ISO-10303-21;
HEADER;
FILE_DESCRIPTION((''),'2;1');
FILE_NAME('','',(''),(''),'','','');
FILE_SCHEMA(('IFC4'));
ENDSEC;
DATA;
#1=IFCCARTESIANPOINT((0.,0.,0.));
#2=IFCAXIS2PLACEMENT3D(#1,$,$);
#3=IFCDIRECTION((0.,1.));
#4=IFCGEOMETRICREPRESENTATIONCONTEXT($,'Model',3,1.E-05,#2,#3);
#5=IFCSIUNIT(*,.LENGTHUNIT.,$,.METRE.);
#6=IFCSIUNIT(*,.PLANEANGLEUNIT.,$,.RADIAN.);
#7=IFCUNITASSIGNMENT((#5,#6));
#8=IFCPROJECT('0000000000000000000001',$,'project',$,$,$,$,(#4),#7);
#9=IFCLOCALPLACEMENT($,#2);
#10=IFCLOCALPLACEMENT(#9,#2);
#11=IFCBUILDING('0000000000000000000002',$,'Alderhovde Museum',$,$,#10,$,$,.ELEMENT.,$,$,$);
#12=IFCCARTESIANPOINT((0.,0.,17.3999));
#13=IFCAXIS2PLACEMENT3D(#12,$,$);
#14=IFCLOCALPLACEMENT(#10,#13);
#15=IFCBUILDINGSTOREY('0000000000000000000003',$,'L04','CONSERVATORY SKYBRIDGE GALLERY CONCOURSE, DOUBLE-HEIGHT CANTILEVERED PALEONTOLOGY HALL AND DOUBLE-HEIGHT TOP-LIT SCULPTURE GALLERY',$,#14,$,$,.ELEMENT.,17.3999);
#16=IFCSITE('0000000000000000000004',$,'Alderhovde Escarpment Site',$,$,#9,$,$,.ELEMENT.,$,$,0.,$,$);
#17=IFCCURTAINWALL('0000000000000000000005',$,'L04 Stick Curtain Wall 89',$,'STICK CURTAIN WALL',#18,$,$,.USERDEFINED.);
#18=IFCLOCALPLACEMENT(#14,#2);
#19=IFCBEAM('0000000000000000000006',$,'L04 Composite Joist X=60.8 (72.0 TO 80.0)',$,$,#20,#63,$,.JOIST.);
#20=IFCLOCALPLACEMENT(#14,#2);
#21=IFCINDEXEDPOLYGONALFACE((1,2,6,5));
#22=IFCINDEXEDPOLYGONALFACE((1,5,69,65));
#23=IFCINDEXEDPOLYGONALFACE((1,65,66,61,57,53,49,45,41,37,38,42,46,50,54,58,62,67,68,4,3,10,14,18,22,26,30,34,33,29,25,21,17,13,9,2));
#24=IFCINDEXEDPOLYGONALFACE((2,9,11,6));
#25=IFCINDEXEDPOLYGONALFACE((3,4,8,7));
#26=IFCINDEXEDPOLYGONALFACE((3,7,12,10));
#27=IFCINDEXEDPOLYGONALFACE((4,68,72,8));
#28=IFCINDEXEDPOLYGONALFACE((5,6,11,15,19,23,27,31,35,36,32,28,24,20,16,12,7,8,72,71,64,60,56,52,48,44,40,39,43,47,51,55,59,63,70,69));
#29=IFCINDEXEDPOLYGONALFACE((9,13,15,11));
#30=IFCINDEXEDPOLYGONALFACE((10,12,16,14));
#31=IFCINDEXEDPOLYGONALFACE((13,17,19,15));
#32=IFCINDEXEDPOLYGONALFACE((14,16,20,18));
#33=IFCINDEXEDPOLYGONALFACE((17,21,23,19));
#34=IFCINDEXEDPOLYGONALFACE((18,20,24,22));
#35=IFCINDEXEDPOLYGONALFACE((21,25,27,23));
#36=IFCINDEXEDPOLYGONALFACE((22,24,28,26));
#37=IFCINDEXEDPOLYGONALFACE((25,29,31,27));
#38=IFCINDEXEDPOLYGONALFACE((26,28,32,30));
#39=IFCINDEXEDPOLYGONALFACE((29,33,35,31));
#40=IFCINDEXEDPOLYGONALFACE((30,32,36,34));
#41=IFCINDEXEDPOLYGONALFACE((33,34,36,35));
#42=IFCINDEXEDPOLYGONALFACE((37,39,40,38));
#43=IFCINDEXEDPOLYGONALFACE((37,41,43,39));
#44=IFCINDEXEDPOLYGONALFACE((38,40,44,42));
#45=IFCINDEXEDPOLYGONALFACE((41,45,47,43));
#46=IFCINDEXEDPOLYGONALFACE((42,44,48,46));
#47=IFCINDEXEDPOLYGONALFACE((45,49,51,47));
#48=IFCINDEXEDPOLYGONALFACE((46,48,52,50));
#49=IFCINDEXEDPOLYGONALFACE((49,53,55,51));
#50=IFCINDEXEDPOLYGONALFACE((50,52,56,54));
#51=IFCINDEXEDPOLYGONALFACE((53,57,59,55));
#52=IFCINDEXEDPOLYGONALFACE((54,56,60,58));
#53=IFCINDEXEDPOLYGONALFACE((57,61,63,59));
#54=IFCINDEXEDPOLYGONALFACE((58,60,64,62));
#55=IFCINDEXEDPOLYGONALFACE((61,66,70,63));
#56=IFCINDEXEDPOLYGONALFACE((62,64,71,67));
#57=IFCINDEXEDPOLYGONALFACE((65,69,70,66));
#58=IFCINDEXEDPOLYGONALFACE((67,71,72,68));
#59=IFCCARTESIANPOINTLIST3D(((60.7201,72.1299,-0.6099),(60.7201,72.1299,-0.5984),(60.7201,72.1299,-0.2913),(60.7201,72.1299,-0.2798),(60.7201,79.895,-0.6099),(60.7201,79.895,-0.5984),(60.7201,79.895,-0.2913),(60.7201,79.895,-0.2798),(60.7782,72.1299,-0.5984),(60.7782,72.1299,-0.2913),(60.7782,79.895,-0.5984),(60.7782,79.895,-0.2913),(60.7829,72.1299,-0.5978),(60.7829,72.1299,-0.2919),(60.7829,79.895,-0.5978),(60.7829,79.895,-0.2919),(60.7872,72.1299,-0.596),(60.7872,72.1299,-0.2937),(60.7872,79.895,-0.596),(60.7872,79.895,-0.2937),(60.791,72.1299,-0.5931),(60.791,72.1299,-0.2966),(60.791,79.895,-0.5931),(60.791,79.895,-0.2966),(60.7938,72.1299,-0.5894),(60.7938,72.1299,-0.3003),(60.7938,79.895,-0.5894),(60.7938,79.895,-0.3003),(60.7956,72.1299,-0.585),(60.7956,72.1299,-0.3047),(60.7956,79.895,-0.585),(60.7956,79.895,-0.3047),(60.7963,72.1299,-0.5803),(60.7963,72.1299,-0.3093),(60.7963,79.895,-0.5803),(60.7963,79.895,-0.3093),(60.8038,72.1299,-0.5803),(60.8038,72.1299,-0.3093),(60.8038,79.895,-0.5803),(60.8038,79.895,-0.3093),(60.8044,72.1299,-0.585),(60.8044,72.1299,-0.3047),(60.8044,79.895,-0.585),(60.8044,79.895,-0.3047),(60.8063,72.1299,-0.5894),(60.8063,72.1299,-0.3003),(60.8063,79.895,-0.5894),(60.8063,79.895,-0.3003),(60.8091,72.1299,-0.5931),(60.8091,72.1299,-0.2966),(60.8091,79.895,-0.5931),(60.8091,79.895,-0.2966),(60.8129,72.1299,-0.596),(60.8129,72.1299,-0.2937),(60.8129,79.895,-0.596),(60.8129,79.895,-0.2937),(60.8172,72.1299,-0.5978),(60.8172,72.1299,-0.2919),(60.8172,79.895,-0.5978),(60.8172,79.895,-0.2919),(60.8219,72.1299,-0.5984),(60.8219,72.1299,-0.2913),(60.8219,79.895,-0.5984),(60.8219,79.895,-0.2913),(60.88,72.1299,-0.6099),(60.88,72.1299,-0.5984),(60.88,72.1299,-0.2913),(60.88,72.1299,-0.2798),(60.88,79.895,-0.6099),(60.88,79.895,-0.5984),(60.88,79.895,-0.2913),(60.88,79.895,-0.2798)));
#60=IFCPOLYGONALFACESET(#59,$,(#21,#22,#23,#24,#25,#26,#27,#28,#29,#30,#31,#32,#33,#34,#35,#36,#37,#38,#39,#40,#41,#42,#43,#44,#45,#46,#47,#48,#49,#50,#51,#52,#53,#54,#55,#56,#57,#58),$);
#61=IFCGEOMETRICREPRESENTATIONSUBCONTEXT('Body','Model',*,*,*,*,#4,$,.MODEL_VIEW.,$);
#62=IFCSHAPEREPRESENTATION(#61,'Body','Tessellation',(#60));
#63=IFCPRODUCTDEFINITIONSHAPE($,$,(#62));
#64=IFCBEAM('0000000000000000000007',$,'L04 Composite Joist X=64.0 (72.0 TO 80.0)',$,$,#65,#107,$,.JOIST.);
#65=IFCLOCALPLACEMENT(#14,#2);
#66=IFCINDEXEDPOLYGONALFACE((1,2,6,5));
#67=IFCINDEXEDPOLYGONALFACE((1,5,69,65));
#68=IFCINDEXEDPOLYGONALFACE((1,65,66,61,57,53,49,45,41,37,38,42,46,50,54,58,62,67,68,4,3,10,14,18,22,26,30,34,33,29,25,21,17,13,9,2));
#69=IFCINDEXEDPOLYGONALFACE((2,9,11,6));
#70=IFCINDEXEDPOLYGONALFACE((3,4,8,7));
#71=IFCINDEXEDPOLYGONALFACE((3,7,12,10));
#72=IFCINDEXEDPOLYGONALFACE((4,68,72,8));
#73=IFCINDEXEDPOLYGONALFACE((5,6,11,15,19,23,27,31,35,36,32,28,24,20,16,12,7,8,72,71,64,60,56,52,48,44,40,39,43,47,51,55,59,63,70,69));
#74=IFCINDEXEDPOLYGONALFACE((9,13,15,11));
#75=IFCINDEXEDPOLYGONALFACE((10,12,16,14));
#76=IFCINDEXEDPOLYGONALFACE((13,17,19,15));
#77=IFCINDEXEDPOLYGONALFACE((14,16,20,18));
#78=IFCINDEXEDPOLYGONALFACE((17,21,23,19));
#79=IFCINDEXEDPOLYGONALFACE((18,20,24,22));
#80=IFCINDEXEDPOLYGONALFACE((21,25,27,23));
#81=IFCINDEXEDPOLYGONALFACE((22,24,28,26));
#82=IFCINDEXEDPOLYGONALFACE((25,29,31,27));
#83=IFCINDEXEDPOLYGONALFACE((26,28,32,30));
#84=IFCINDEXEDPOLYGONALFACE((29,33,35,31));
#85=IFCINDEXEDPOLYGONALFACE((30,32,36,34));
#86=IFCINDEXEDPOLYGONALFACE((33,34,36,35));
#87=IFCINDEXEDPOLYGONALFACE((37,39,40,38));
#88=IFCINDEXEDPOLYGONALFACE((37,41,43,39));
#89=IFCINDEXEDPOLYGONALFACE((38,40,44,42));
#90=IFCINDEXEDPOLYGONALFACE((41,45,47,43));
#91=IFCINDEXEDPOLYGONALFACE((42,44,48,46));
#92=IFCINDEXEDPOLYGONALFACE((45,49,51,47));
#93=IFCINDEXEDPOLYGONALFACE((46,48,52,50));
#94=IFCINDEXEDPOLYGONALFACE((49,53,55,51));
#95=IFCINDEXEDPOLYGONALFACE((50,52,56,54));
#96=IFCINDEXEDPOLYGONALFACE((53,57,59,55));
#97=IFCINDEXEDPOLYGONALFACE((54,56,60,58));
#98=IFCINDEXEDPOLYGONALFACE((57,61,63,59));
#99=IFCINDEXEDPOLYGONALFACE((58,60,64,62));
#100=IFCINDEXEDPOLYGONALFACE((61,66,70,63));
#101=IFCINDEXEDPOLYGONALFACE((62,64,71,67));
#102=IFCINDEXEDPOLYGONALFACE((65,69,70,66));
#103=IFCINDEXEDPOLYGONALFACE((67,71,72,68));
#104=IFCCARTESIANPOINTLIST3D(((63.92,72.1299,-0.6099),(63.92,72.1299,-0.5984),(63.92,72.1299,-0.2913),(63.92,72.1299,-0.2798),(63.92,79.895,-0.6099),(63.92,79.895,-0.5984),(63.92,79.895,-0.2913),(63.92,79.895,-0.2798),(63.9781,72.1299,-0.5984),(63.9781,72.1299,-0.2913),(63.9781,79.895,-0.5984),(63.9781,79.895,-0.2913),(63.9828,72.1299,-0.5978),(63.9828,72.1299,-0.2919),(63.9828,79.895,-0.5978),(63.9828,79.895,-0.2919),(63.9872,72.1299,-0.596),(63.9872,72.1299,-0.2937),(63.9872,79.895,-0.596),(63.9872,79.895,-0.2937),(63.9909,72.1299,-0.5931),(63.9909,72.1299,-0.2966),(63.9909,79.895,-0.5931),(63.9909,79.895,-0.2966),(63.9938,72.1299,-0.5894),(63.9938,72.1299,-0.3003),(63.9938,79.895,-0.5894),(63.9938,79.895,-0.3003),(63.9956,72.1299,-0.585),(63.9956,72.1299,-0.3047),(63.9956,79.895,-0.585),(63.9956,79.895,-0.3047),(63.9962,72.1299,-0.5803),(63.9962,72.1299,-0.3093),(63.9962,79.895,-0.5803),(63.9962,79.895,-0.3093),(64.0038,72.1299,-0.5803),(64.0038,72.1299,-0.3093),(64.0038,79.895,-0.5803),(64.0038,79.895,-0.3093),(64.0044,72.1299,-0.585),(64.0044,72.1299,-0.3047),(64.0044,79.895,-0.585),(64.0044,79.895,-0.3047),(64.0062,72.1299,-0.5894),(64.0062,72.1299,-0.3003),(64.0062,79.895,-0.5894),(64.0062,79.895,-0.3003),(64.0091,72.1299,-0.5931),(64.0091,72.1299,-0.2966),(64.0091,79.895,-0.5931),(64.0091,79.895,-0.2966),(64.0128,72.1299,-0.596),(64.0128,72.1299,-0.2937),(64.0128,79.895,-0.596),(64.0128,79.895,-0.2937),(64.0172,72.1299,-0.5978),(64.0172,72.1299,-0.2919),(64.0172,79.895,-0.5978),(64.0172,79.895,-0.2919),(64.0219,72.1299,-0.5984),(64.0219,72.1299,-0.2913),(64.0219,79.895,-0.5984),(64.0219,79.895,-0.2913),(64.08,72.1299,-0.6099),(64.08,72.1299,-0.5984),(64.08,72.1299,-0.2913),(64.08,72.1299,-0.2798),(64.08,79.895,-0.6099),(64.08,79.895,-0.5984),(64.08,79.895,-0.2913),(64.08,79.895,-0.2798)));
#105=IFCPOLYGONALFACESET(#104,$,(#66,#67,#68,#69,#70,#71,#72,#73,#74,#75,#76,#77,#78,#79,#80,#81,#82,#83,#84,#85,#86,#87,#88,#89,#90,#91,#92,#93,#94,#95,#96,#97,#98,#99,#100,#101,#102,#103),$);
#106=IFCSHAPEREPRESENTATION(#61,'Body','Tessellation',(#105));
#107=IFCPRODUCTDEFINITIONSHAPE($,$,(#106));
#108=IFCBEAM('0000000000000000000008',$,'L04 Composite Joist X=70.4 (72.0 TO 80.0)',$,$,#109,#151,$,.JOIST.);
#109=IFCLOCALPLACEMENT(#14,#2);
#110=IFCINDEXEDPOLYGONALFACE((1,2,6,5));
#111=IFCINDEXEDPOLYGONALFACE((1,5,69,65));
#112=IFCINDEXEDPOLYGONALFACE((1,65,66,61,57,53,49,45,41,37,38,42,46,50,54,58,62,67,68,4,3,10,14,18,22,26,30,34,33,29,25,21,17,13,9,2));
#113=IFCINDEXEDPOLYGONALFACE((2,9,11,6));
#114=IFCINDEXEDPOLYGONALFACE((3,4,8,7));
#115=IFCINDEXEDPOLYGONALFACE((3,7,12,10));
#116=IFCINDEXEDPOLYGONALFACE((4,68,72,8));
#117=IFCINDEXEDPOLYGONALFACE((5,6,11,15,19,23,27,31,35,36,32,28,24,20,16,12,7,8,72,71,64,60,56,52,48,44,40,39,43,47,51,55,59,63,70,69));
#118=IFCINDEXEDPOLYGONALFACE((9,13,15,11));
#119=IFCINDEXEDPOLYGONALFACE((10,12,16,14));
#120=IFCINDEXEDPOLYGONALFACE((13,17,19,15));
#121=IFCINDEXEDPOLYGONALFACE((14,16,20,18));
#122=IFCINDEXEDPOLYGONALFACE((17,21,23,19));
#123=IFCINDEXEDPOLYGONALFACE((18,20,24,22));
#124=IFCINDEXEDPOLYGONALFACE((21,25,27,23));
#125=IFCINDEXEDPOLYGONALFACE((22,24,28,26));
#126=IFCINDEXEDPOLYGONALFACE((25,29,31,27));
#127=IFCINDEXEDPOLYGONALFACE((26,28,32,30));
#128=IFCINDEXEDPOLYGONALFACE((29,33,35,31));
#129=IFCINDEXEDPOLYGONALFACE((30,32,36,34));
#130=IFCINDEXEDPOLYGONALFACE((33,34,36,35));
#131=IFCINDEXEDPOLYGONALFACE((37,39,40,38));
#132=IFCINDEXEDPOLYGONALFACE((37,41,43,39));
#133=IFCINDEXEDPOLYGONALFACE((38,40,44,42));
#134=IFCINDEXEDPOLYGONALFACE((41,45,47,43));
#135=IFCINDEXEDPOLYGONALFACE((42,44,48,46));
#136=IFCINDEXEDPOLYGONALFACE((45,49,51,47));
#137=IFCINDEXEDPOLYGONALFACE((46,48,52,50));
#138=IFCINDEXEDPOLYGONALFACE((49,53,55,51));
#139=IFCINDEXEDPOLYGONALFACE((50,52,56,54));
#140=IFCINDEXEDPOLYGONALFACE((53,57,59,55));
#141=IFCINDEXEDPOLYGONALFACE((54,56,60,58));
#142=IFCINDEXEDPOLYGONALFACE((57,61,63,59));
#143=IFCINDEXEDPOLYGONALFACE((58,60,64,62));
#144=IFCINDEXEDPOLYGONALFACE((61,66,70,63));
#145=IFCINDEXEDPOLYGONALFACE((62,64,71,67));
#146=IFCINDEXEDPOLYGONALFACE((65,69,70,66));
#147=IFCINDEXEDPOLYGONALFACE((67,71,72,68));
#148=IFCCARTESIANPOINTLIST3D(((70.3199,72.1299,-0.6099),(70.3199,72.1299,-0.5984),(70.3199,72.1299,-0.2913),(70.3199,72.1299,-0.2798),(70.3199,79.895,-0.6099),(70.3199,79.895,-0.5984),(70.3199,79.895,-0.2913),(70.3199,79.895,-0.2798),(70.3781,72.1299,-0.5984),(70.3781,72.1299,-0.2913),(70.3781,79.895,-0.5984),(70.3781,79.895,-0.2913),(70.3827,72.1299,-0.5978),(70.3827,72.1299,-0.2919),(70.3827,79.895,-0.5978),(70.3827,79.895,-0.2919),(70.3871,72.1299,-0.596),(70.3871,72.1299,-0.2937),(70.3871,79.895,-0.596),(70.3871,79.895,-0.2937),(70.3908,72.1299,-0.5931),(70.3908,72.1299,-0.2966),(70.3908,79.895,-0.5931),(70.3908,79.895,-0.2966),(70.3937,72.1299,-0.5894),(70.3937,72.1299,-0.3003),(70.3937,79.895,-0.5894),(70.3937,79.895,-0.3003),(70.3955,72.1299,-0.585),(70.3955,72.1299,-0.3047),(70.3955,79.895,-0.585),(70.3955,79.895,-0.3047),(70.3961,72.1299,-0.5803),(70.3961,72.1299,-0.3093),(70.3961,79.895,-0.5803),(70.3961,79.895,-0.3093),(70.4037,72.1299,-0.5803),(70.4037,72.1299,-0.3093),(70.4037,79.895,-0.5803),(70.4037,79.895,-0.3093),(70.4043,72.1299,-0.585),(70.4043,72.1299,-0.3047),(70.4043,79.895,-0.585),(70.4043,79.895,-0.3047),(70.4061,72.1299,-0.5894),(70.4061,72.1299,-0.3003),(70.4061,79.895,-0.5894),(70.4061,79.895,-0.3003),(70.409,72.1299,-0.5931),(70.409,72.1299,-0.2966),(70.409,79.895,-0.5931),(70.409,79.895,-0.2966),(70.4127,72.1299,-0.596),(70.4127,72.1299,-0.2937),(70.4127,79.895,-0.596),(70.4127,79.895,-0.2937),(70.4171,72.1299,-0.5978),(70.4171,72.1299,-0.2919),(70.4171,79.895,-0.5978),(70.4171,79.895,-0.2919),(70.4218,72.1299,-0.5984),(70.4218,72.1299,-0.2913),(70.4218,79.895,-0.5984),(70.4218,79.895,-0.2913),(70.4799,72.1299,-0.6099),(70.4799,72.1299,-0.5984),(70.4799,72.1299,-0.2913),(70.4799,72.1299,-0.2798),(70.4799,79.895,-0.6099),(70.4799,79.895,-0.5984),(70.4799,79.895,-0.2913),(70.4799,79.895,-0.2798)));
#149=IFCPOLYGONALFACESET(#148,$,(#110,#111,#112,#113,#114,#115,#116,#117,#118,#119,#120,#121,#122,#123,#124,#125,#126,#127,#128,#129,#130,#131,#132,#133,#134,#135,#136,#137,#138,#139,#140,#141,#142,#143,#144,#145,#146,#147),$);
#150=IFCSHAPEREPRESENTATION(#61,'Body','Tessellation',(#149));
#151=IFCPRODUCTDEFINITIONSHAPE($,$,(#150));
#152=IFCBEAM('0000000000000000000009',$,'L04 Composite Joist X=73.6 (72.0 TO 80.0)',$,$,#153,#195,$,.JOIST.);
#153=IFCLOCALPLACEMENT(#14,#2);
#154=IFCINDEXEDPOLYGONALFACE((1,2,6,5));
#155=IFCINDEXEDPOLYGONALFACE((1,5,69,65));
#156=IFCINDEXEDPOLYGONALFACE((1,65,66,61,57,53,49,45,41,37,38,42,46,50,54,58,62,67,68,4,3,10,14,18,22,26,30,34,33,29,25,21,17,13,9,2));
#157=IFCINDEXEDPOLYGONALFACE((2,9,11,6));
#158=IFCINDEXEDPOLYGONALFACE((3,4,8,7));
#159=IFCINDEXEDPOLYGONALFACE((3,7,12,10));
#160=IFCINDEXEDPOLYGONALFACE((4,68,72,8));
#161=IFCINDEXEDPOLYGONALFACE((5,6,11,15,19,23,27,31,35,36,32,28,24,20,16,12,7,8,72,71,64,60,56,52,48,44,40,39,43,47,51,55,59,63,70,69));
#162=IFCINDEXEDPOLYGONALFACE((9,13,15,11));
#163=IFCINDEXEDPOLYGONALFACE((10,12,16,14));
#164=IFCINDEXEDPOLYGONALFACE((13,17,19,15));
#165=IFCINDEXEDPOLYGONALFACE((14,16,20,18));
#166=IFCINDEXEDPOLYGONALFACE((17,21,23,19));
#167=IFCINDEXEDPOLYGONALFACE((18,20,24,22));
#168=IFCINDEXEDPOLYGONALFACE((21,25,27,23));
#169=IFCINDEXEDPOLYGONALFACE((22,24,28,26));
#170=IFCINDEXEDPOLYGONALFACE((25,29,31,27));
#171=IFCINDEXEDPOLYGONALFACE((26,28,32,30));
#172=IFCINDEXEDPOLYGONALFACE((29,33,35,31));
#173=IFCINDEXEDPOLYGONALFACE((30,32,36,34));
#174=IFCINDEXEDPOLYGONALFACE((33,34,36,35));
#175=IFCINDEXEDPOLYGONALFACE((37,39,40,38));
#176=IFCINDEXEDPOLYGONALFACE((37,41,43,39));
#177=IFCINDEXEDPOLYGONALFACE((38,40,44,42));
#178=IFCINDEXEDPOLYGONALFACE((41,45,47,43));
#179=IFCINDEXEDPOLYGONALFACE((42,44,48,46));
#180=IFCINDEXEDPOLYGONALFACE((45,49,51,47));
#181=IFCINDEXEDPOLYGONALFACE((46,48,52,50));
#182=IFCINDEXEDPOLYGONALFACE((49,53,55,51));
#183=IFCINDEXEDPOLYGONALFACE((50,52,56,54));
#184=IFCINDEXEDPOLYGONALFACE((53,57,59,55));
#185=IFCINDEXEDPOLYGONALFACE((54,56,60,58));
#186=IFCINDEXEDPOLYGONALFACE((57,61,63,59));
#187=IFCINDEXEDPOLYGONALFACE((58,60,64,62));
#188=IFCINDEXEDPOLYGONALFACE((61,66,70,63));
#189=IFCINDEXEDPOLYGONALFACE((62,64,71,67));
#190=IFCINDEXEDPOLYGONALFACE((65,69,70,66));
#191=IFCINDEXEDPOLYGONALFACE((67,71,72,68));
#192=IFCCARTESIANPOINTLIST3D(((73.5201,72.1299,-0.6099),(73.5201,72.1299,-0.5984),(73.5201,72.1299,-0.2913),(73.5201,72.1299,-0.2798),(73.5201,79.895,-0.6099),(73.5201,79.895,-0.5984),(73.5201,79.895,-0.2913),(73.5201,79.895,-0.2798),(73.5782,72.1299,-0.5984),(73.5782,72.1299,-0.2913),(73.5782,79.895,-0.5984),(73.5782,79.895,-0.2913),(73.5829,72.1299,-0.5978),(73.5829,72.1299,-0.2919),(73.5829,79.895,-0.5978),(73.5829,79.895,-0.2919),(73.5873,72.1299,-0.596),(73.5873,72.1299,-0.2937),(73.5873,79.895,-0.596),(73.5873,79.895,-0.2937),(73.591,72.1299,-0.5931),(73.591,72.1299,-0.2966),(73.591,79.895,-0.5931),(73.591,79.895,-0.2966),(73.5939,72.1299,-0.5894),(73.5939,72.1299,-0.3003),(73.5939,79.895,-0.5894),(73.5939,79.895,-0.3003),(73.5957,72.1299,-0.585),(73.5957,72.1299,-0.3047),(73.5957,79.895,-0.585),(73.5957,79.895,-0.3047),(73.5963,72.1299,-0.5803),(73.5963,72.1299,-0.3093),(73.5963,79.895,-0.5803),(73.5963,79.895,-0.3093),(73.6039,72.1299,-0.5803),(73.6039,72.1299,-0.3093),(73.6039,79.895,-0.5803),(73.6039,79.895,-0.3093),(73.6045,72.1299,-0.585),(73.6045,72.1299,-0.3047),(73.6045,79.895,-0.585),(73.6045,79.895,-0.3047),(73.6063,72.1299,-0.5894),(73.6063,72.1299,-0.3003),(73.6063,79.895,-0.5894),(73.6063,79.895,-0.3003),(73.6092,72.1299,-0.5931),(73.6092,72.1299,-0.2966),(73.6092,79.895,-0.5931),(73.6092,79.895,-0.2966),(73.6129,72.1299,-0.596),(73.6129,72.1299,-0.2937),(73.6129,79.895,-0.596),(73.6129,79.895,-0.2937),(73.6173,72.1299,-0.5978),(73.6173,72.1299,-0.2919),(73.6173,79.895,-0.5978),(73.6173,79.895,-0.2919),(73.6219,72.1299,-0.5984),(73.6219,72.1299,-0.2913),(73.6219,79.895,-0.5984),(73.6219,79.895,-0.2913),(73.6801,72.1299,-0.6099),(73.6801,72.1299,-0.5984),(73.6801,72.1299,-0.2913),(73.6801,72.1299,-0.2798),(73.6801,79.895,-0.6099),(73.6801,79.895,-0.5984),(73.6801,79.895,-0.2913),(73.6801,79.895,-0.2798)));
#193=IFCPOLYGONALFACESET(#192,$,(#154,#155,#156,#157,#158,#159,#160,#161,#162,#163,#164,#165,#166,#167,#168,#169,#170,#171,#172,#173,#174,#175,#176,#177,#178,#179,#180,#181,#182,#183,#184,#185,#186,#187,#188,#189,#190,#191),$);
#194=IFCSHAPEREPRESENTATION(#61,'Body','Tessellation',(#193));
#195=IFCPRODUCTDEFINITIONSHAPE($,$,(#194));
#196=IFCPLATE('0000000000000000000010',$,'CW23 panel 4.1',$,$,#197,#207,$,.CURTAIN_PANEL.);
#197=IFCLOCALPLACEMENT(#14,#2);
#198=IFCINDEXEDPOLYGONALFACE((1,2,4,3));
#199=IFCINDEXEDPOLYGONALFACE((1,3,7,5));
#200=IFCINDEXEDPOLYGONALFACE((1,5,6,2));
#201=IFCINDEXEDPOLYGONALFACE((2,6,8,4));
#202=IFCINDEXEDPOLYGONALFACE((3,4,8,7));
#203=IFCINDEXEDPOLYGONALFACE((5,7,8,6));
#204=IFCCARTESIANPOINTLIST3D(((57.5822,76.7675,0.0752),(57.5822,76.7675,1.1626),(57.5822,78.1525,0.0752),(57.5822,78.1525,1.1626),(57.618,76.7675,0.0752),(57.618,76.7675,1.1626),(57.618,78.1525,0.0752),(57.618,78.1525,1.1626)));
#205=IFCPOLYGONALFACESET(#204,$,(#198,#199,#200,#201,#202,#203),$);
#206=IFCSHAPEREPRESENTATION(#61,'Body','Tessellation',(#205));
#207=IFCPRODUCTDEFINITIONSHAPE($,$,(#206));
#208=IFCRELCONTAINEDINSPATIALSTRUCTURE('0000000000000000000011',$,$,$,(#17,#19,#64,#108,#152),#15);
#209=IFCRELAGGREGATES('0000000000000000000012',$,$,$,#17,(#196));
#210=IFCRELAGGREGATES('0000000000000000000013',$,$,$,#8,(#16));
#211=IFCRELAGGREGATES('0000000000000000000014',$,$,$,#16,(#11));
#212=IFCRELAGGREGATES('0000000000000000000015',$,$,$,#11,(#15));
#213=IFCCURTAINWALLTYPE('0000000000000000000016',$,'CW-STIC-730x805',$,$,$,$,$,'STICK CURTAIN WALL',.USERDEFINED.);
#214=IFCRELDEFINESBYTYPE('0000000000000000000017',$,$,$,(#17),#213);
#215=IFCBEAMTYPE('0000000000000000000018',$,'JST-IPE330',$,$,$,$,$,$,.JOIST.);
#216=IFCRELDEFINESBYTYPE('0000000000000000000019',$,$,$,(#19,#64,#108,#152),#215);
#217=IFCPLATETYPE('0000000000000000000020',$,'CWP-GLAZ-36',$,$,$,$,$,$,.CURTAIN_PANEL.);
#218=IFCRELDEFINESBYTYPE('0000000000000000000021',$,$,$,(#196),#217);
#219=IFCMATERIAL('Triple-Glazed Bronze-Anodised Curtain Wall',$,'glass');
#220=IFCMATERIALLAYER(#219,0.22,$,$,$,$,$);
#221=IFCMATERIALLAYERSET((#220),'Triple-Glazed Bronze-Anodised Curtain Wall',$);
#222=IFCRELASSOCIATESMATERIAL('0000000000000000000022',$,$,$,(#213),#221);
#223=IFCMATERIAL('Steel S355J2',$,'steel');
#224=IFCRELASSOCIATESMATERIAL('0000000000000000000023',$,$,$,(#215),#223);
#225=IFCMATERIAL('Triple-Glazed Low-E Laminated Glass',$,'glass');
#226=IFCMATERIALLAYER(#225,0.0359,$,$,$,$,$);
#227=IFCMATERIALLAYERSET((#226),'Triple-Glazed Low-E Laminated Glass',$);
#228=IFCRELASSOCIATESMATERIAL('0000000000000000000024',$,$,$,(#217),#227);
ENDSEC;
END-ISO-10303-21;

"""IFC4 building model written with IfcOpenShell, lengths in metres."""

from ifc_helpers import new_model, si_unit, direction, frame, origin, origin_2d, place, context, subcontext, project, spatial, rectangle, i_section, extrude, material, layer, layer_set, material_profile, profile_set, type_object, element, aggregate, save


model = new_model("IFC4")

# Units and contexts
model_context = context("Model", 3, precision=1e-05, world=origin(), true_north=direction((0.0, 1.0)))
body_context = subcontext(model_context, "Body", "Model", "MODEL_VIEW")
ifc_project = project(units=[si_unit("LENGTHUNIT", "METRE"), si_unit("PLANEANGLEUNIT", "RADIAN")], contexts=[model_context])

# Site, building, storey
site_placement = place(None, origin())
site = spatial("IfcSite", under=ifc_project, at=site_placement, Name="Alderhovde Escarpment Site", CompositionType="ELEMENT", RefElevation=0.0)
building_placement = place(site_placement, origin())
building = spatial("IfcBuilding", under=site, at=building_placement, Name="Alderhovde Museum", CompositionType="ELEMENT")
storey_placement = place(building_placement, frame((0.0, 0.0, 17.3999)))
storey = spatial("IfcBuildingStorey", under=building, at=storey_placement, Name="L04", Description="CONSERVATORY SKYBRIDGE GALLERY CONCOURSE, DOUBLE-HEIGHT CANTILEVERED PALEONTOLOGY HALL AND DOUBLE-HEIGHT TOP-LIT SCULPTURE GALLERY", CompositionType="ELEMENT", Elevation=17.3999)

# Curtain wall
ifc_material_1 = material(Name="Triple-Glazed Bronze-Anodised Curtain Wall", Category="glass")
ifc_layer_1 = layer(ifc_material_1, 0.22)
ifc_layer_set_1 = layer_set([ifc_layer_1], Name="Triple-Glazed Bronze-Anodised Curtain Wall")
curtain_wall_type_1 = type_object("IfcCurtainWallType", Name="CW-STIC-730x805", ElementType="STICK CURTAIN WALL", PredefinedType="USERDEFINED", material=ifc_layer_set_1)
curtain_wall_1_placement = place(storey_placement, origin())
curtain_wall_1 = element("IfcCurtainWall", 1, at=curtain_wall_1_placement, inside=storey, type_object=curtain_wall_type_1, Name="L04 Stick Curtain Wall 89", ObjectType="STICK CURTAIN WALL", PredefinedType="USERDEFINED")

# Beams
ifc_material_2 = material(Name="Steel S355J2", Category="steel")
ifc_material_profile_1 = material_profile(ifc_material_2, i_section(OverallWidth=0.1599, OverallDepth=0.3301, WebThickness=0.0076, FlangeThickness=0.0115, FilletRadius=0.0181, at=origin_2d()), Name="IPE 330")
ifc_profile_set_1 = profile_set([ifc_material_profile_1], Name="Steel S355J2")
beam_type_1 = type_object("IfcBeamType", Name="JST-IPE330", PredefinedType="JOIST", material=ifc_profile_set_1)
for number, where, z_axis, x_axis, name in (
    (2, (60.8, 72.1299, -0.4448), (0.0, 1.0, 0.0), (-1.0, 0.0, 0.0), "L04 Composite Joist X=60.8 (72.0 TO 80.0)"),
    (3, (64.0, 72.1299, -0.4448), (0.0, 1.0, 0.0), (-1.0, 0.0, 0.0), "L04 Composite Joist X=64.0 (72.0 TO 80.0)"),
    (4, (70.3999, 72.1299, -0.4448), (0.0, 1.0, 0.0), (-1.0, 0.0, 0.0), "L04 Composite Joist X=70.4 (72.0 TO 80.0)"),
    (5, (73.6001, 72.1299, -0.4448), (0.0, 1.0, 0.0), (-1.0, 0.0, 0.0), "L04 Composite Joist X=73.6 (72.0 TO 80.0)"),
):
    element("IfcBeam", number, at=place(storey_placement, frame(where, z_axis=z_axis, x_axis=x_axis)), inside=storey, type_object=beam_type_1, Name=name, PredefinedType="JOIST", context=body_context, shape_type="SweptSolid", body=[
        extrude(i_section(OverallWidth=0.1599, OverallDepth=0.3301, WebThickness=0.0076, FlangeThickness=0.0115, FilletRadius=0.0181, at=origin_2d()), origin(), (0.0, 0.0, 1.0), 7.7651),
    ])

# Plate
ifc_material_3 = material(Name="Triple-Glazed Low-E Laminated Glass", Category="glass")
ifc_layer_2 = layer(ifc_material_3, 0.0359)
ifc_layer_set_2 = layer_set([ifc_layer_2], Name="Triple-Glazed Low-E Laminated Glass")
plate_type = type_object("IfcPlateType", Name="CWP-GLAZ-36", PredefinedType="CURTAIN_PANEL", material=ifc_layer_set_2)
plate_1_placement = place(storey_placement, frame((57.6001, 77.46, 0.0752), z_axis=(0.0, 0.0, 1.0), x_axis=(0.0, 1.0, 0.0)))
plate_1 = element("IfcPlate", 6, at=plate_1_placement, type_object=plate_type, Name="CW23 panel 4.1", PredefinedType="CURTAIN_PANEL", context=body_context, shape_type="SweptSolid", body=[
    extrude(rectangle(XDim=1.385, YDim=0.0359, at=origin_2d()), origin(), (0.0, 0.0, 1.0), 1.0874),
])
aggregate(curtain_wall_1, [plate_1])

save(model, "model.ifc")
